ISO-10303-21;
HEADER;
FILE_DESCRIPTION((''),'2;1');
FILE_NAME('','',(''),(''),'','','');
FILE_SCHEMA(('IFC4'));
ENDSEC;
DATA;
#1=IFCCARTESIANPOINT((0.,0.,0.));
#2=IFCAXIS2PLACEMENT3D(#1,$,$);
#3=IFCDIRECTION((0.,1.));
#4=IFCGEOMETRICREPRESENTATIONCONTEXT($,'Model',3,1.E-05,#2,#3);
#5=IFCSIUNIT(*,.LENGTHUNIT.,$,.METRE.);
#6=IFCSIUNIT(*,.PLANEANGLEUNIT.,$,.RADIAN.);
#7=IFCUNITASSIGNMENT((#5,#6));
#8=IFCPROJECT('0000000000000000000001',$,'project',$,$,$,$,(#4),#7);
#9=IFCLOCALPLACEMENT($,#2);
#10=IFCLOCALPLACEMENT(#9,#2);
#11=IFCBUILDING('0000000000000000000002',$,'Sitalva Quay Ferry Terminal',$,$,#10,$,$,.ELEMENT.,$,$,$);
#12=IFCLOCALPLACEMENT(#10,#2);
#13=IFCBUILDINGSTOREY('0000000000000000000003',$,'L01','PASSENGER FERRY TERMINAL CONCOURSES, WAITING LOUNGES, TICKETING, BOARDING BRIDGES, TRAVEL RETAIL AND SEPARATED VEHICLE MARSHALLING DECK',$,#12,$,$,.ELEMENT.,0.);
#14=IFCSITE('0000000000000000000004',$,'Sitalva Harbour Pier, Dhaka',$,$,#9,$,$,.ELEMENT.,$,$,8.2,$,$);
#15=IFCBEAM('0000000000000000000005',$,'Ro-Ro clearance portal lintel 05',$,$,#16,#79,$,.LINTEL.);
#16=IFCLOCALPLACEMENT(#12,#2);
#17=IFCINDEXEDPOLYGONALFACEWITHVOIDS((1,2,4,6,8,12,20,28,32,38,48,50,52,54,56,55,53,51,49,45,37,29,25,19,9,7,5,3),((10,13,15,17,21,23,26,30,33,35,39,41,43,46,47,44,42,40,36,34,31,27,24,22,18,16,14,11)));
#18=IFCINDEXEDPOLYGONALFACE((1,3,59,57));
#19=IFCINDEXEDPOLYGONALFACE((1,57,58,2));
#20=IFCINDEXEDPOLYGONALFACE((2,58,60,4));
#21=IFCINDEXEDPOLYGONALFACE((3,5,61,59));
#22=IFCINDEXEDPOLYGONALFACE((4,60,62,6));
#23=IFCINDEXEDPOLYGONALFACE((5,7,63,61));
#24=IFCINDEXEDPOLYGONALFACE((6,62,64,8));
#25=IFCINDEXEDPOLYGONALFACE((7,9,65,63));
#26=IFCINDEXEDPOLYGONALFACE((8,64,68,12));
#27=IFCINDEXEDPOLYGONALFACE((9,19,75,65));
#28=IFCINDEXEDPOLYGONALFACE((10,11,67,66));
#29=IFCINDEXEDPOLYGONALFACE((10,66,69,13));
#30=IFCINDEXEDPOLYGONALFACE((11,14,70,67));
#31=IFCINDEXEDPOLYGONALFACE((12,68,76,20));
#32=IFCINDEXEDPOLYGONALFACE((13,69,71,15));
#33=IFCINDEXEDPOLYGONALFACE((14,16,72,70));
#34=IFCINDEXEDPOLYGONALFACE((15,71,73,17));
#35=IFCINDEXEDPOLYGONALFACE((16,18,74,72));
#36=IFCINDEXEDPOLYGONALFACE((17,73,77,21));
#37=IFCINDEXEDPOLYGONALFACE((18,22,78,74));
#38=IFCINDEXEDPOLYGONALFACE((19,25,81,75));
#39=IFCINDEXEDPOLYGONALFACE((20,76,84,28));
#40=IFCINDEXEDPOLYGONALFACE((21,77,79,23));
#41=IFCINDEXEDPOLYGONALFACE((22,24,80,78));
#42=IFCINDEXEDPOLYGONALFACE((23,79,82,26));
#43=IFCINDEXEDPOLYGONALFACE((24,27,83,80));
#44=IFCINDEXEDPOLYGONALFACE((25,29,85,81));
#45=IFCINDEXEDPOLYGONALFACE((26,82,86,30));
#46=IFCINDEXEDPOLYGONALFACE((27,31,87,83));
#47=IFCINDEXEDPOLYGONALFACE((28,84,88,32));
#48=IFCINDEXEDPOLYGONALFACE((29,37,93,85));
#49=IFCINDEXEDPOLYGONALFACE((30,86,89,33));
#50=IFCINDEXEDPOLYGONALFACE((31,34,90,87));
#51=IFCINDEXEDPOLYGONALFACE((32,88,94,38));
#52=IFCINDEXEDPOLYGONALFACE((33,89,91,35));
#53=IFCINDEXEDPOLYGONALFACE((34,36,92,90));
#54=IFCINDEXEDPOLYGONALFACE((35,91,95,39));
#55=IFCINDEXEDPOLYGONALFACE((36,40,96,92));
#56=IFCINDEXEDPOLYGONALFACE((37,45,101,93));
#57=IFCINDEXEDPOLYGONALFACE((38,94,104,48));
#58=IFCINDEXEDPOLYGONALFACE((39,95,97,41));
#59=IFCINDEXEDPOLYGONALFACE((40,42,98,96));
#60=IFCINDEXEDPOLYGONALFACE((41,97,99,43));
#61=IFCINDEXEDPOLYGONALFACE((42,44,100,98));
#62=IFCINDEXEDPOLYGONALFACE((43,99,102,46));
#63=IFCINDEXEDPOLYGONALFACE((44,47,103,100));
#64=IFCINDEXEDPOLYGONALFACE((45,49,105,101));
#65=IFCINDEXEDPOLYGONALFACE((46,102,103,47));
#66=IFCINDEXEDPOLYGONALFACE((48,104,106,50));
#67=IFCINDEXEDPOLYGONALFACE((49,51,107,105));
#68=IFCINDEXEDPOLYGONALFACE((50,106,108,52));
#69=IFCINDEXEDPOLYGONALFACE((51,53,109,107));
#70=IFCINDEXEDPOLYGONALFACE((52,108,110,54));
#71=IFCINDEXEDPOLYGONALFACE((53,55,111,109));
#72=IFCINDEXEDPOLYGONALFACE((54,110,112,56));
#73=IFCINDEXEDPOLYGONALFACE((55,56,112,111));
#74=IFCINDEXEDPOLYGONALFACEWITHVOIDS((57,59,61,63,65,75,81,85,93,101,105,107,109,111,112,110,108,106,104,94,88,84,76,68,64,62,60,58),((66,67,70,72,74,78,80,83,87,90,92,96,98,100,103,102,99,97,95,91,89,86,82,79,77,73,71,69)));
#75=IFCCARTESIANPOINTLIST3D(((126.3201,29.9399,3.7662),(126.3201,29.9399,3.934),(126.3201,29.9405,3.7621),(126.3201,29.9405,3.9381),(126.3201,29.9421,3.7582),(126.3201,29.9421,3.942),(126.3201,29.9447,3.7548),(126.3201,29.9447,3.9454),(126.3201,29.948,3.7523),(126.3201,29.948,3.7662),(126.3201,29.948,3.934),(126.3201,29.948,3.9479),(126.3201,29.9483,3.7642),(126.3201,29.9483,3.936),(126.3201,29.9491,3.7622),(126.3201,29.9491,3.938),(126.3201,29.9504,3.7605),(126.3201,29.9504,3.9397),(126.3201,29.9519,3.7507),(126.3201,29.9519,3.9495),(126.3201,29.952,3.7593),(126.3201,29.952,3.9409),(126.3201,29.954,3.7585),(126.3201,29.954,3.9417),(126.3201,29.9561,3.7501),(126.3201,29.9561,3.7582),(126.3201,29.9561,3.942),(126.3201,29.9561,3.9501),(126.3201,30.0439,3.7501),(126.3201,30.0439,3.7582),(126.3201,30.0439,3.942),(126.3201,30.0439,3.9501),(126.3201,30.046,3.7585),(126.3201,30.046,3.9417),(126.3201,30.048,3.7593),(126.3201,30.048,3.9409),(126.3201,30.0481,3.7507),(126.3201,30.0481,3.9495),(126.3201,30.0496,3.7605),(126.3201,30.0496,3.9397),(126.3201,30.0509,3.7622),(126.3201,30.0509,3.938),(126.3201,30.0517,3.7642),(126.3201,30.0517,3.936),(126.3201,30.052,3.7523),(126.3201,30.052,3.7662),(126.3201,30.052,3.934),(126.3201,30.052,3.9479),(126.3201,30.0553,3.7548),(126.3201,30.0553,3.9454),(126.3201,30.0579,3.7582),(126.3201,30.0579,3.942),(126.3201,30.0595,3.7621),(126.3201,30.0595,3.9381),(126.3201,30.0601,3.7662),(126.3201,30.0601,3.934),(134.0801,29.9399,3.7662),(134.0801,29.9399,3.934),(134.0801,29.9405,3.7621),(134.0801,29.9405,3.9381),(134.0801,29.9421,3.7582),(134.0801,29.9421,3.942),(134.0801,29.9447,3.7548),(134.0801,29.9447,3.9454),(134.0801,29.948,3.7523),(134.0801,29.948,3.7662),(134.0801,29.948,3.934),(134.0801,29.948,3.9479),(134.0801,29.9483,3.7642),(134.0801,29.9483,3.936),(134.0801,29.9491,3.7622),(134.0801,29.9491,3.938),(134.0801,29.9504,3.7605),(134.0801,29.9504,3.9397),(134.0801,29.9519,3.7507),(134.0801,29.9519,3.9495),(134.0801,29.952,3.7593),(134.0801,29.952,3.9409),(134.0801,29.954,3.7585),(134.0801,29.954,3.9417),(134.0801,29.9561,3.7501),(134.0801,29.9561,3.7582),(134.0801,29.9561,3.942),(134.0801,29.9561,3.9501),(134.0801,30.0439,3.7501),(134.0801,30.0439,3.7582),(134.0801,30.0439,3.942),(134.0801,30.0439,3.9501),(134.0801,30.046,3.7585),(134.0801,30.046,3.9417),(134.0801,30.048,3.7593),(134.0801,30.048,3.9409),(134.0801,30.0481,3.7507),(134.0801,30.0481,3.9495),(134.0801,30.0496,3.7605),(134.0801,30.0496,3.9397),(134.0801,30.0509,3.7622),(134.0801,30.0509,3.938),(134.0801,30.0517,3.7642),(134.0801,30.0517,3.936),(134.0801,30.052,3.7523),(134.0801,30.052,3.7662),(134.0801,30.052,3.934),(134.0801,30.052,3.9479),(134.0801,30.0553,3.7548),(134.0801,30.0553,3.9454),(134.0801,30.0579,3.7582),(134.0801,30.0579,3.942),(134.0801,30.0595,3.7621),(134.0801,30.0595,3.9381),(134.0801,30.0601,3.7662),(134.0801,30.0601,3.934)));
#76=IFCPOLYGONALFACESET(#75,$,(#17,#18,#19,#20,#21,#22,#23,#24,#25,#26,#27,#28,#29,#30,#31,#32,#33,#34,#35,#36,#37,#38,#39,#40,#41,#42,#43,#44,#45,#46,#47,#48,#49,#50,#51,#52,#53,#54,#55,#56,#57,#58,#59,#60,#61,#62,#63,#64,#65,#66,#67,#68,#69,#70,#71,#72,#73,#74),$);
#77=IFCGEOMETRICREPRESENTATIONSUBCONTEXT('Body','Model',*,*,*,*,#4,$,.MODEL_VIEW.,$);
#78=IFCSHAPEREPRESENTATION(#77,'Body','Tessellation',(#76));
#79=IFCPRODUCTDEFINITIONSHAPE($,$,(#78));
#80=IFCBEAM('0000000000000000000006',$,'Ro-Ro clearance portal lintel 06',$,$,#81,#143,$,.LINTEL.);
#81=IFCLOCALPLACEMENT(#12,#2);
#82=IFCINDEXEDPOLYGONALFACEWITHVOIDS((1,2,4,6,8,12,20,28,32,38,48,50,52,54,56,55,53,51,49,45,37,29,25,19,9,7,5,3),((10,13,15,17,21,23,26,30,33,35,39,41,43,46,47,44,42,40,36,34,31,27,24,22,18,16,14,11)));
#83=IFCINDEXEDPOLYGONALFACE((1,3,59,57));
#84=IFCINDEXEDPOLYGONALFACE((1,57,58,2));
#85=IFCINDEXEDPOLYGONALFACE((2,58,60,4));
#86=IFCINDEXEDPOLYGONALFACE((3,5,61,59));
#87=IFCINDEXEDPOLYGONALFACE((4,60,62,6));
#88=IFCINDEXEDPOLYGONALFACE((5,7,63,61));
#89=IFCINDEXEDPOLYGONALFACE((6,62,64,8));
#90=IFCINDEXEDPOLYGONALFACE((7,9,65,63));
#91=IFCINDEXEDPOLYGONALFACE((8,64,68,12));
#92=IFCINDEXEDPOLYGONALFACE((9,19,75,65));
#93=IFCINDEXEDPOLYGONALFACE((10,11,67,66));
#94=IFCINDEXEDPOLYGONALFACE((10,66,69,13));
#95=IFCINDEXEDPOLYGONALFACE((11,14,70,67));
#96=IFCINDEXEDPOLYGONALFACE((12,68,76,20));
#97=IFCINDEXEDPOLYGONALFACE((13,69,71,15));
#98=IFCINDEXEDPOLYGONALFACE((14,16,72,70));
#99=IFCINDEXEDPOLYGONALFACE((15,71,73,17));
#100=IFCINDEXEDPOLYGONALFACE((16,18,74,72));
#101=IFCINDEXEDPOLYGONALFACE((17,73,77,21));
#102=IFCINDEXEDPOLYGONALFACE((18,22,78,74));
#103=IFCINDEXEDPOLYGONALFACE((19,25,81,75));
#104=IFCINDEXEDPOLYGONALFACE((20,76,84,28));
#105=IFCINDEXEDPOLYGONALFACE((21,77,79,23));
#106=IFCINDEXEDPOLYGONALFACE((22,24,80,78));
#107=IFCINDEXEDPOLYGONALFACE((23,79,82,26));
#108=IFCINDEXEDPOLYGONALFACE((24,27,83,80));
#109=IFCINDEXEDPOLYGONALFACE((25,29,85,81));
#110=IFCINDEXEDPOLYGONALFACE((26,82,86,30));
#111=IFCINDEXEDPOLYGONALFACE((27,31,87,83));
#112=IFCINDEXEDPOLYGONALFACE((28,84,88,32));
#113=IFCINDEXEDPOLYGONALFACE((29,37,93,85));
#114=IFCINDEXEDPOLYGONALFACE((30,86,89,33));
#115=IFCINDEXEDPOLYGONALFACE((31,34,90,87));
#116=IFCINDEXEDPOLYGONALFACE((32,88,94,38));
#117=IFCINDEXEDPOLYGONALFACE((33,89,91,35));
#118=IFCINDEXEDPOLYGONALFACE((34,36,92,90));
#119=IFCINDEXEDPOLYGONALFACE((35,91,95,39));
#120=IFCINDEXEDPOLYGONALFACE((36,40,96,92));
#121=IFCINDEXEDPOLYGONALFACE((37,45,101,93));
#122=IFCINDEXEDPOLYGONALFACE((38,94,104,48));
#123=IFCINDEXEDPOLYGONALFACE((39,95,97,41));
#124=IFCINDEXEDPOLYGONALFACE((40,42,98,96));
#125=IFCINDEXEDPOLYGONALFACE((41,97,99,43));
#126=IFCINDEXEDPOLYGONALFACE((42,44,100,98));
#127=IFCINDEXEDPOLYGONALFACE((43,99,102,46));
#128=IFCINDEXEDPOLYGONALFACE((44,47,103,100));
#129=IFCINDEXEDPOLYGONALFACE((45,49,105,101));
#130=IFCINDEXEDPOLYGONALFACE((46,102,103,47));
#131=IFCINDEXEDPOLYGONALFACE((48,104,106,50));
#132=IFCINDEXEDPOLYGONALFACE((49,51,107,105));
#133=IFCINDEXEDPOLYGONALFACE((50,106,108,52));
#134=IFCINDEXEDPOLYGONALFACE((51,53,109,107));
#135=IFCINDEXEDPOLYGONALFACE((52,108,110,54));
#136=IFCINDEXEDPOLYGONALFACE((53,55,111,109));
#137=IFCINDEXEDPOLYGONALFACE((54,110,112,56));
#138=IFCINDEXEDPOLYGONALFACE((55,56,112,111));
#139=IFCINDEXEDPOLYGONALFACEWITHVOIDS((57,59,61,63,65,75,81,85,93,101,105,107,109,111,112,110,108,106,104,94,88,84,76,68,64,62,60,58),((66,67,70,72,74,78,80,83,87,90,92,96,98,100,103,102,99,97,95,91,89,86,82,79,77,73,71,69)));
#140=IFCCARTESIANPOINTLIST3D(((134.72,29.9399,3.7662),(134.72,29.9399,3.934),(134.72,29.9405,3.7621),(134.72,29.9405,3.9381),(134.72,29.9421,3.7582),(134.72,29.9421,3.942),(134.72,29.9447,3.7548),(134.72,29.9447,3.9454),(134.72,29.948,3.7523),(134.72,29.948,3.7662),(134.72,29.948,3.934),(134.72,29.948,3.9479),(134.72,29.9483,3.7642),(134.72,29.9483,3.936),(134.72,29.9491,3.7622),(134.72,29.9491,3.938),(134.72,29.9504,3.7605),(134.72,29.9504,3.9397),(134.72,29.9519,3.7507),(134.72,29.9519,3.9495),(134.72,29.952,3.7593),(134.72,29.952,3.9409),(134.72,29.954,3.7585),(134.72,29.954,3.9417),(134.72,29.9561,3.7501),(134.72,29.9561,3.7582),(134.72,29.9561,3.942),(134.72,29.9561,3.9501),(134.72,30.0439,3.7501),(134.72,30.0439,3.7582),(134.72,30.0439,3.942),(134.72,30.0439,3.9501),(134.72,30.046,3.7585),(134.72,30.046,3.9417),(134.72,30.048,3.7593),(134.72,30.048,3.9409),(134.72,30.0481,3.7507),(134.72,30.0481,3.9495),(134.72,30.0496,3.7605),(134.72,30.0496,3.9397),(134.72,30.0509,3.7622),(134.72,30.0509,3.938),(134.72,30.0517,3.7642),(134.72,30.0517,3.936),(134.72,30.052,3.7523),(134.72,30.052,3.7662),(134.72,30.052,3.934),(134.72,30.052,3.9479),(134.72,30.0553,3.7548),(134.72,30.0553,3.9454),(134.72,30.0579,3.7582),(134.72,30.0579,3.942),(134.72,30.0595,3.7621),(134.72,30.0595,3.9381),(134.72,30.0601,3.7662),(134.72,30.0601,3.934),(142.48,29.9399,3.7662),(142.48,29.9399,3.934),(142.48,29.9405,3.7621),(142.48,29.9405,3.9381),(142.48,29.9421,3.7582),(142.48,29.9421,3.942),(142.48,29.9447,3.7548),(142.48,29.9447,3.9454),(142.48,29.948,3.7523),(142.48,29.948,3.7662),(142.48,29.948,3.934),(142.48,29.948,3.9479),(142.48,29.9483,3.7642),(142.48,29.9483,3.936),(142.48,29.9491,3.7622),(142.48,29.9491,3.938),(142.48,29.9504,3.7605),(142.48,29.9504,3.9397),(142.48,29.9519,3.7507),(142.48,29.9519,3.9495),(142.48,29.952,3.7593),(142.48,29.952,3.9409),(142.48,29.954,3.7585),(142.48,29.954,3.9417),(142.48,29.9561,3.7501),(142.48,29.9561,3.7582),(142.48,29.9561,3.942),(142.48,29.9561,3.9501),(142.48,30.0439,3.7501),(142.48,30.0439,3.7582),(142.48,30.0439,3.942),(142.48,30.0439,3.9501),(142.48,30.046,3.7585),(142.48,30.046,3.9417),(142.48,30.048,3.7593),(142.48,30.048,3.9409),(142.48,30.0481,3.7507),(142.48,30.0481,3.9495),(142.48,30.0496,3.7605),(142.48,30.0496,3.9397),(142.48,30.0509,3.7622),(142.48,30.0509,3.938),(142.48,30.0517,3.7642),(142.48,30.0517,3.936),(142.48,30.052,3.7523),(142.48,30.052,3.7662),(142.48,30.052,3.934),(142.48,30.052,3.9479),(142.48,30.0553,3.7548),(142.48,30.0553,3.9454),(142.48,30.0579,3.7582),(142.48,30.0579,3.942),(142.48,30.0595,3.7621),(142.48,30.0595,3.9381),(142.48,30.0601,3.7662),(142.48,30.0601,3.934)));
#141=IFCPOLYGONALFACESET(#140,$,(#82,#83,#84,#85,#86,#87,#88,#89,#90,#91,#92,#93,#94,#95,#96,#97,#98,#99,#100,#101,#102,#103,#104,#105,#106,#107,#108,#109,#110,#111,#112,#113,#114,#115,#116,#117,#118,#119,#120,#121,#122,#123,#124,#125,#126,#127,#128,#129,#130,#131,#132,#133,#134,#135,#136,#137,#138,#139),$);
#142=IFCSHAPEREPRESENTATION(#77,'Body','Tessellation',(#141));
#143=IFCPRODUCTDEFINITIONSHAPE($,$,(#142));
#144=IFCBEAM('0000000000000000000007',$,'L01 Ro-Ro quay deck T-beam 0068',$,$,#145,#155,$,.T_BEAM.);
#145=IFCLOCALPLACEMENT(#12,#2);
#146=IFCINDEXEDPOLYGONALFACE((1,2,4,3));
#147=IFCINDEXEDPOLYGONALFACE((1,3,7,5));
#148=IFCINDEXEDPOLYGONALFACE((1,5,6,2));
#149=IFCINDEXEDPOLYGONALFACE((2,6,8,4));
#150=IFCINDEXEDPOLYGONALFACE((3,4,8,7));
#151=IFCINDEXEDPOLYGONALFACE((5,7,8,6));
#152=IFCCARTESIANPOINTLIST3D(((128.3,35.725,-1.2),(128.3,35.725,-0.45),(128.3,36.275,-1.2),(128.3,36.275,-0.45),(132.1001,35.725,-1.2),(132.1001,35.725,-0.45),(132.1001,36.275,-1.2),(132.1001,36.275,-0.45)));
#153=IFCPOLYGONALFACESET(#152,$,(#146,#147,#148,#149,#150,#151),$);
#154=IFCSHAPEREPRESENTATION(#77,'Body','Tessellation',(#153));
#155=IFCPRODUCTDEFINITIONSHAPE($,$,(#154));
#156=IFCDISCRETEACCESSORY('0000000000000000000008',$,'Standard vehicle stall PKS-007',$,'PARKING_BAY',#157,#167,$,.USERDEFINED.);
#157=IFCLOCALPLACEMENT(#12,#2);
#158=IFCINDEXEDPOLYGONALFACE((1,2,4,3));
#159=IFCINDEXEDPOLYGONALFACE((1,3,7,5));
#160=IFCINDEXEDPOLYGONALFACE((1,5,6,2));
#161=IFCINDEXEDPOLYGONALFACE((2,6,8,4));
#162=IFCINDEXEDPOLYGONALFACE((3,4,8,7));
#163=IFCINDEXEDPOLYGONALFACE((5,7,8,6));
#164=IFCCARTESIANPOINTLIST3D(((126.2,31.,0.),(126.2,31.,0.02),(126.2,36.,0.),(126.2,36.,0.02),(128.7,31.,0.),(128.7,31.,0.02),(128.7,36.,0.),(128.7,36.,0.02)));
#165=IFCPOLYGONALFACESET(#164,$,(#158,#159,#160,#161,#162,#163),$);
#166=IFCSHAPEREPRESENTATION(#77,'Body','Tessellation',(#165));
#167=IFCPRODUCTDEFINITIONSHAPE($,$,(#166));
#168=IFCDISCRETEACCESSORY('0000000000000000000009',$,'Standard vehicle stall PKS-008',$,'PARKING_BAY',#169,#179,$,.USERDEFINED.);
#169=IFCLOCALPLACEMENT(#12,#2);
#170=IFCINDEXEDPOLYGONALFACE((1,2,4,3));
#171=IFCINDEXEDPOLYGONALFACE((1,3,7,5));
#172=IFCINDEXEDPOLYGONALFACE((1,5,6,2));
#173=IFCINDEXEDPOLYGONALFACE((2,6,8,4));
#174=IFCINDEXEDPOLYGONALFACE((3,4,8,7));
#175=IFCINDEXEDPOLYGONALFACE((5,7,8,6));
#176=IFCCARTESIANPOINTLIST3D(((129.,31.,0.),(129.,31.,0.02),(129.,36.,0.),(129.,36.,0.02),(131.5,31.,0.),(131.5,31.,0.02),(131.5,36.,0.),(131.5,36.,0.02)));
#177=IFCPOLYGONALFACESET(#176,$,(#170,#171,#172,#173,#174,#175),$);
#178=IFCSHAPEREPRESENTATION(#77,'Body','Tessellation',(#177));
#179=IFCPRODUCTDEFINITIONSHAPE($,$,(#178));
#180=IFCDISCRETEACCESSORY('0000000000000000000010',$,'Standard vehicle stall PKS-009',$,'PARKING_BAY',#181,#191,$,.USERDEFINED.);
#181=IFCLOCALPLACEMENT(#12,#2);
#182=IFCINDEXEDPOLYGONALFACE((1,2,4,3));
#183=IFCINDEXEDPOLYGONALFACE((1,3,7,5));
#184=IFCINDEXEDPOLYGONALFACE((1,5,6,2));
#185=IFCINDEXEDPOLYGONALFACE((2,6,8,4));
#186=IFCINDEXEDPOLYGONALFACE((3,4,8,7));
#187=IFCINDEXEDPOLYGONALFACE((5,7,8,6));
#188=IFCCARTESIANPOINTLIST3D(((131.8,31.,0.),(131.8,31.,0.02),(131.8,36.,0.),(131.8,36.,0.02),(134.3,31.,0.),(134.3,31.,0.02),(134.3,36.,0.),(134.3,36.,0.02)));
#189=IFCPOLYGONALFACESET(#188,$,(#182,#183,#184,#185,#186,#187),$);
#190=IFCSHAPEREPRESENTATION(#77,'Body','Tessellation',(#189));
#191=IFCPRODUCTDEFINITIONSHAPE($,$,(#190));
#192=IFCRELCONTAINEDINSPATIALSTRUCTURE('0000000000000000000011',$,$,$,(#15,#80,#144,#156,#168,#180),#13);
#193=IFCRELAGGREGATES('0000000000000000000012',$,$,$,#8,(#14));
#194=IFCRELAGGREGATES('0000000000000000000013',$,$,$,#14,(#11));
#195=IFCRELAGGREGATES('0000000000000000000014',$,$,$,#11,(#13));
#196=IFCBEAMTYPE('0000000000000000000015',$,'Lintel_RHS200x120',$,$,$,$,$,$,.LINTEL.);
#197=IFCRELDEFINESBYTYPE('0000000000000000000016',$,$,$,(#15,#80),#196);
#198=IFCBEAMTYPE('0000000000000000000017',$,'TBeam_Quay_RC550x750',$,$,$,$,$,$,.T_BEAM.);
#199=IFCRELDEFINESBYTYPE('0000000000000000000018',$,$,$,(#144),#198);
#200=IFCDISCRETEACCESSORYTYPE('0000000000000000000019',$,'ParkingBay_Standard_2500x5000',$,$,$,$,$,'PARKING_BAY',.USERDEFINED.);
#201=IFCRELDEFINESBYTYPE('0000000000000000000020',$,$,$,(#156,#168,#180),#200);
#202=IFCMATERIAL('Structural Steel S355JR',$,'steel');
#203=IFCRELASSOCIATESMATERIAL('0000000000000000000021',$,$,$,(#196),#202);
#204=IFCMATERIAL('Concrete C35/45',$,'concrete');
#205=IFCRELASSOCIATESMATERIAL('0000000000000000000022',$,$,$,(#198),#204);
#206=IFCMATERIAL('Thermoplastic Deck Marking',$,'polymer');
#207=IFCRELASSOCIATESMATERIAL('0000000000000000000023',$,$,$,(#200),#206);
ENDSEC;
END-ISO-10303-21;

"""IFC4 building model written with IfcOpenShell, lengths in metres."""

from ifc_helpers import new_model, si_unit, direction, frame, origin, origin_2d, place, context, subcontext, project, spatial, rectangle, hollow_rectangle, extrude, material, material_profile, profile_set, type_object, element, save


model = new_model("IFC4")

# Units and contexts
model_context = context("Model", 3, precision=1e-05, world=origin(), true_north=direction((0.0, 1.0)))
body_context = subcontext(model_context, "Body", "Model", "MODEL_VIEW")
ifc_project = project(units=[si_unit("LENGTHUNIT", "METRE"), si_unit("PLANEANGLEUNIT", "RADIAN")], contexts=[model_context])

# Site, building, storey
site_placement = place(None, origin())
site = spatial("IfcSite", under=ifc_project, at=site_placement, Name="Sitalva Harbour Pier, Dhaka", CompositionType="ELEMENT", RefElevation=8.2)
building_placement = place(site_placement, origin())
building = spatial("IfcBuilding", under=site, at=building_placement, Name="Sitalva Quay Ferry Terminal", CompositionType="ELEMENT")
storey_placement = place(building_placement, origin())
storey = spatial("IfcBuildingStorey", under=building, at=storey_placement, Name="L01", Description="PASSENGER FERRY TERMINAL CONCOURSES, WAITING LOUNGES, TICKETING, BOARDING BRIDGES, TRAVEL RETAIL AND SEPARATED VEHICLE MARSHALLING DECK", CompositionType="ELEMENT", Elevation=0.0)

# Beams
ifc_material_1 = material(Name="Structural Steel S355JR", Category="steel")
ifc_material_profile_1 = material_profile(ifc_material_1, hollow_rectangle(XDim=0.1201, YDim=0.2, WallThickness=0.0081, InnerFilletRadius=0.0081, OuterFilletRadius=0.0161, at=origin_2d()), Name="RHS200x120x8")
ifc_profile_set_1 = profile_set([ifc_material_profile_1], Name="Structural Steel S355JR")
beam_type_1 = type_object("IfcBeamType", Name="Lintel_RHS200x120", PredefinedType="LINTEL", material=ifc_profile_set_1)
for number, where, z_axis, x_axis, name in (
    (1, (126.3201, 30.0, 3.8501), (1.0, 0.0, 0.0), (0.0, 1.0, 0.0), "Ro-Ro clearance portal lintel 05"),
    (2, (134.72, 30.0, 3.8501), (1.0, 0.0, 0.0), (0.0, 1.0, 0.0), "Ro-Ro clearance portal lintel 06"),
):
    element("IfcBeam", number, at=place(storey_placement, frame(where, z_axis=z_axis, x_axis=x_axis)), inside=storey, type_object=beam_type_1, Name=name, PredefinedType="LINTEL", context=body_context, shape_type="SweptSolid", body=[
        extrude(hollow_rectangle(XDim=0.1201, YDim=0.2, WallThickness=0.0081, InnerFilletRadius=0.0081, OuterFilletRadius=0.0161, at=origin_2d()), origin(), (0.0, 0.0, 1.0), 7.76),
    ])
ifc_material_2 = material(Name="Concrete C35/45", Category="concrete")
ifc_material_profile_2 = material_profile(ifc_material_2, rectangle(XDim=0.55, YDim=0.75, at=origin_2d()), Name="RC550x750")
ifc_profile_set_2 = profile_set([ifc_material_profile_2], Name="Concrete C35/45")
beam_type_2 = type_object("IfcBeamType", Name="TBeam_Quay_RC550x750", PredefinedType="T_BEAM", material=ifc_profile_set_2)
beam_1_placement = place(storey_placement, frame((128.3, 36.0, -0.825), z_axis=(1.0, 0.0, 0.0), x_axis=(0.0, 1.0, 0.0)))
element("IfcBeam", 3, at=beam_1_placement, inside=storey, type_object=beam_type_2, Name="L01 Ro-Ro quay deck T-beam 0068", PredefinedType="T_BEAM", context=body_context, shape_type="SweptSolid", body=[
    extrude(rectangle(XDim=0.55, YDim=0.75, at=origin_2d()), origin(), (0.0, 0.0, 1.0), 3.8),
])

# Discrete accessories
ifc_material_3 = material(Name="Thermoplastic Deck Marking", Category="polymer")
discrete_accessory_type_1 = type_object("IfcDiscreteAccessoryType", Name="ParkingBay_Standard_2500x5000", ElementType="PARKING_BAY", PredefinedType="USERDEFINED", material=ifc_material_3)
for number, where, z_axis, x_axis, name in (
    (4, (127.45, 33.5, 0.0), (0.0, 0.0, 1.0), (1.0, 0.0, 0.0), "Standard vehicle stall PKS-007"),
    (5, (130.25, 33.5, 0.0), (0.0, 0.0, 1.0), (1.0, 0.0, 0.0), "Standard vehicle stall PKS-008"),
    (6, (133.05, 33.5, 0.0), (0.0, 0.0, 1.0), (1.0, 0.0, 0.0), "Standard vehicle stall PKS-009"),
):
    element("IfcDiscreteAccessory", number, at=place(storey_placement, frame(where, z_axis=z_axis, x_axis=x_axis)), inside=storey, type_object=discrete_accessory_type_1, Name=name, ObjectType="PARKING_BAY", PredefinedType="USERDEFINED", context=body_context, shape_type="SweptSolid", body=[
        extrude(rectangle(XDim=2.5, YDim=5.0, at=origin_2d()), origin(), (0.0, 0.0, 1.0), 0.02),
    ])

save(model, "model.ifc")
